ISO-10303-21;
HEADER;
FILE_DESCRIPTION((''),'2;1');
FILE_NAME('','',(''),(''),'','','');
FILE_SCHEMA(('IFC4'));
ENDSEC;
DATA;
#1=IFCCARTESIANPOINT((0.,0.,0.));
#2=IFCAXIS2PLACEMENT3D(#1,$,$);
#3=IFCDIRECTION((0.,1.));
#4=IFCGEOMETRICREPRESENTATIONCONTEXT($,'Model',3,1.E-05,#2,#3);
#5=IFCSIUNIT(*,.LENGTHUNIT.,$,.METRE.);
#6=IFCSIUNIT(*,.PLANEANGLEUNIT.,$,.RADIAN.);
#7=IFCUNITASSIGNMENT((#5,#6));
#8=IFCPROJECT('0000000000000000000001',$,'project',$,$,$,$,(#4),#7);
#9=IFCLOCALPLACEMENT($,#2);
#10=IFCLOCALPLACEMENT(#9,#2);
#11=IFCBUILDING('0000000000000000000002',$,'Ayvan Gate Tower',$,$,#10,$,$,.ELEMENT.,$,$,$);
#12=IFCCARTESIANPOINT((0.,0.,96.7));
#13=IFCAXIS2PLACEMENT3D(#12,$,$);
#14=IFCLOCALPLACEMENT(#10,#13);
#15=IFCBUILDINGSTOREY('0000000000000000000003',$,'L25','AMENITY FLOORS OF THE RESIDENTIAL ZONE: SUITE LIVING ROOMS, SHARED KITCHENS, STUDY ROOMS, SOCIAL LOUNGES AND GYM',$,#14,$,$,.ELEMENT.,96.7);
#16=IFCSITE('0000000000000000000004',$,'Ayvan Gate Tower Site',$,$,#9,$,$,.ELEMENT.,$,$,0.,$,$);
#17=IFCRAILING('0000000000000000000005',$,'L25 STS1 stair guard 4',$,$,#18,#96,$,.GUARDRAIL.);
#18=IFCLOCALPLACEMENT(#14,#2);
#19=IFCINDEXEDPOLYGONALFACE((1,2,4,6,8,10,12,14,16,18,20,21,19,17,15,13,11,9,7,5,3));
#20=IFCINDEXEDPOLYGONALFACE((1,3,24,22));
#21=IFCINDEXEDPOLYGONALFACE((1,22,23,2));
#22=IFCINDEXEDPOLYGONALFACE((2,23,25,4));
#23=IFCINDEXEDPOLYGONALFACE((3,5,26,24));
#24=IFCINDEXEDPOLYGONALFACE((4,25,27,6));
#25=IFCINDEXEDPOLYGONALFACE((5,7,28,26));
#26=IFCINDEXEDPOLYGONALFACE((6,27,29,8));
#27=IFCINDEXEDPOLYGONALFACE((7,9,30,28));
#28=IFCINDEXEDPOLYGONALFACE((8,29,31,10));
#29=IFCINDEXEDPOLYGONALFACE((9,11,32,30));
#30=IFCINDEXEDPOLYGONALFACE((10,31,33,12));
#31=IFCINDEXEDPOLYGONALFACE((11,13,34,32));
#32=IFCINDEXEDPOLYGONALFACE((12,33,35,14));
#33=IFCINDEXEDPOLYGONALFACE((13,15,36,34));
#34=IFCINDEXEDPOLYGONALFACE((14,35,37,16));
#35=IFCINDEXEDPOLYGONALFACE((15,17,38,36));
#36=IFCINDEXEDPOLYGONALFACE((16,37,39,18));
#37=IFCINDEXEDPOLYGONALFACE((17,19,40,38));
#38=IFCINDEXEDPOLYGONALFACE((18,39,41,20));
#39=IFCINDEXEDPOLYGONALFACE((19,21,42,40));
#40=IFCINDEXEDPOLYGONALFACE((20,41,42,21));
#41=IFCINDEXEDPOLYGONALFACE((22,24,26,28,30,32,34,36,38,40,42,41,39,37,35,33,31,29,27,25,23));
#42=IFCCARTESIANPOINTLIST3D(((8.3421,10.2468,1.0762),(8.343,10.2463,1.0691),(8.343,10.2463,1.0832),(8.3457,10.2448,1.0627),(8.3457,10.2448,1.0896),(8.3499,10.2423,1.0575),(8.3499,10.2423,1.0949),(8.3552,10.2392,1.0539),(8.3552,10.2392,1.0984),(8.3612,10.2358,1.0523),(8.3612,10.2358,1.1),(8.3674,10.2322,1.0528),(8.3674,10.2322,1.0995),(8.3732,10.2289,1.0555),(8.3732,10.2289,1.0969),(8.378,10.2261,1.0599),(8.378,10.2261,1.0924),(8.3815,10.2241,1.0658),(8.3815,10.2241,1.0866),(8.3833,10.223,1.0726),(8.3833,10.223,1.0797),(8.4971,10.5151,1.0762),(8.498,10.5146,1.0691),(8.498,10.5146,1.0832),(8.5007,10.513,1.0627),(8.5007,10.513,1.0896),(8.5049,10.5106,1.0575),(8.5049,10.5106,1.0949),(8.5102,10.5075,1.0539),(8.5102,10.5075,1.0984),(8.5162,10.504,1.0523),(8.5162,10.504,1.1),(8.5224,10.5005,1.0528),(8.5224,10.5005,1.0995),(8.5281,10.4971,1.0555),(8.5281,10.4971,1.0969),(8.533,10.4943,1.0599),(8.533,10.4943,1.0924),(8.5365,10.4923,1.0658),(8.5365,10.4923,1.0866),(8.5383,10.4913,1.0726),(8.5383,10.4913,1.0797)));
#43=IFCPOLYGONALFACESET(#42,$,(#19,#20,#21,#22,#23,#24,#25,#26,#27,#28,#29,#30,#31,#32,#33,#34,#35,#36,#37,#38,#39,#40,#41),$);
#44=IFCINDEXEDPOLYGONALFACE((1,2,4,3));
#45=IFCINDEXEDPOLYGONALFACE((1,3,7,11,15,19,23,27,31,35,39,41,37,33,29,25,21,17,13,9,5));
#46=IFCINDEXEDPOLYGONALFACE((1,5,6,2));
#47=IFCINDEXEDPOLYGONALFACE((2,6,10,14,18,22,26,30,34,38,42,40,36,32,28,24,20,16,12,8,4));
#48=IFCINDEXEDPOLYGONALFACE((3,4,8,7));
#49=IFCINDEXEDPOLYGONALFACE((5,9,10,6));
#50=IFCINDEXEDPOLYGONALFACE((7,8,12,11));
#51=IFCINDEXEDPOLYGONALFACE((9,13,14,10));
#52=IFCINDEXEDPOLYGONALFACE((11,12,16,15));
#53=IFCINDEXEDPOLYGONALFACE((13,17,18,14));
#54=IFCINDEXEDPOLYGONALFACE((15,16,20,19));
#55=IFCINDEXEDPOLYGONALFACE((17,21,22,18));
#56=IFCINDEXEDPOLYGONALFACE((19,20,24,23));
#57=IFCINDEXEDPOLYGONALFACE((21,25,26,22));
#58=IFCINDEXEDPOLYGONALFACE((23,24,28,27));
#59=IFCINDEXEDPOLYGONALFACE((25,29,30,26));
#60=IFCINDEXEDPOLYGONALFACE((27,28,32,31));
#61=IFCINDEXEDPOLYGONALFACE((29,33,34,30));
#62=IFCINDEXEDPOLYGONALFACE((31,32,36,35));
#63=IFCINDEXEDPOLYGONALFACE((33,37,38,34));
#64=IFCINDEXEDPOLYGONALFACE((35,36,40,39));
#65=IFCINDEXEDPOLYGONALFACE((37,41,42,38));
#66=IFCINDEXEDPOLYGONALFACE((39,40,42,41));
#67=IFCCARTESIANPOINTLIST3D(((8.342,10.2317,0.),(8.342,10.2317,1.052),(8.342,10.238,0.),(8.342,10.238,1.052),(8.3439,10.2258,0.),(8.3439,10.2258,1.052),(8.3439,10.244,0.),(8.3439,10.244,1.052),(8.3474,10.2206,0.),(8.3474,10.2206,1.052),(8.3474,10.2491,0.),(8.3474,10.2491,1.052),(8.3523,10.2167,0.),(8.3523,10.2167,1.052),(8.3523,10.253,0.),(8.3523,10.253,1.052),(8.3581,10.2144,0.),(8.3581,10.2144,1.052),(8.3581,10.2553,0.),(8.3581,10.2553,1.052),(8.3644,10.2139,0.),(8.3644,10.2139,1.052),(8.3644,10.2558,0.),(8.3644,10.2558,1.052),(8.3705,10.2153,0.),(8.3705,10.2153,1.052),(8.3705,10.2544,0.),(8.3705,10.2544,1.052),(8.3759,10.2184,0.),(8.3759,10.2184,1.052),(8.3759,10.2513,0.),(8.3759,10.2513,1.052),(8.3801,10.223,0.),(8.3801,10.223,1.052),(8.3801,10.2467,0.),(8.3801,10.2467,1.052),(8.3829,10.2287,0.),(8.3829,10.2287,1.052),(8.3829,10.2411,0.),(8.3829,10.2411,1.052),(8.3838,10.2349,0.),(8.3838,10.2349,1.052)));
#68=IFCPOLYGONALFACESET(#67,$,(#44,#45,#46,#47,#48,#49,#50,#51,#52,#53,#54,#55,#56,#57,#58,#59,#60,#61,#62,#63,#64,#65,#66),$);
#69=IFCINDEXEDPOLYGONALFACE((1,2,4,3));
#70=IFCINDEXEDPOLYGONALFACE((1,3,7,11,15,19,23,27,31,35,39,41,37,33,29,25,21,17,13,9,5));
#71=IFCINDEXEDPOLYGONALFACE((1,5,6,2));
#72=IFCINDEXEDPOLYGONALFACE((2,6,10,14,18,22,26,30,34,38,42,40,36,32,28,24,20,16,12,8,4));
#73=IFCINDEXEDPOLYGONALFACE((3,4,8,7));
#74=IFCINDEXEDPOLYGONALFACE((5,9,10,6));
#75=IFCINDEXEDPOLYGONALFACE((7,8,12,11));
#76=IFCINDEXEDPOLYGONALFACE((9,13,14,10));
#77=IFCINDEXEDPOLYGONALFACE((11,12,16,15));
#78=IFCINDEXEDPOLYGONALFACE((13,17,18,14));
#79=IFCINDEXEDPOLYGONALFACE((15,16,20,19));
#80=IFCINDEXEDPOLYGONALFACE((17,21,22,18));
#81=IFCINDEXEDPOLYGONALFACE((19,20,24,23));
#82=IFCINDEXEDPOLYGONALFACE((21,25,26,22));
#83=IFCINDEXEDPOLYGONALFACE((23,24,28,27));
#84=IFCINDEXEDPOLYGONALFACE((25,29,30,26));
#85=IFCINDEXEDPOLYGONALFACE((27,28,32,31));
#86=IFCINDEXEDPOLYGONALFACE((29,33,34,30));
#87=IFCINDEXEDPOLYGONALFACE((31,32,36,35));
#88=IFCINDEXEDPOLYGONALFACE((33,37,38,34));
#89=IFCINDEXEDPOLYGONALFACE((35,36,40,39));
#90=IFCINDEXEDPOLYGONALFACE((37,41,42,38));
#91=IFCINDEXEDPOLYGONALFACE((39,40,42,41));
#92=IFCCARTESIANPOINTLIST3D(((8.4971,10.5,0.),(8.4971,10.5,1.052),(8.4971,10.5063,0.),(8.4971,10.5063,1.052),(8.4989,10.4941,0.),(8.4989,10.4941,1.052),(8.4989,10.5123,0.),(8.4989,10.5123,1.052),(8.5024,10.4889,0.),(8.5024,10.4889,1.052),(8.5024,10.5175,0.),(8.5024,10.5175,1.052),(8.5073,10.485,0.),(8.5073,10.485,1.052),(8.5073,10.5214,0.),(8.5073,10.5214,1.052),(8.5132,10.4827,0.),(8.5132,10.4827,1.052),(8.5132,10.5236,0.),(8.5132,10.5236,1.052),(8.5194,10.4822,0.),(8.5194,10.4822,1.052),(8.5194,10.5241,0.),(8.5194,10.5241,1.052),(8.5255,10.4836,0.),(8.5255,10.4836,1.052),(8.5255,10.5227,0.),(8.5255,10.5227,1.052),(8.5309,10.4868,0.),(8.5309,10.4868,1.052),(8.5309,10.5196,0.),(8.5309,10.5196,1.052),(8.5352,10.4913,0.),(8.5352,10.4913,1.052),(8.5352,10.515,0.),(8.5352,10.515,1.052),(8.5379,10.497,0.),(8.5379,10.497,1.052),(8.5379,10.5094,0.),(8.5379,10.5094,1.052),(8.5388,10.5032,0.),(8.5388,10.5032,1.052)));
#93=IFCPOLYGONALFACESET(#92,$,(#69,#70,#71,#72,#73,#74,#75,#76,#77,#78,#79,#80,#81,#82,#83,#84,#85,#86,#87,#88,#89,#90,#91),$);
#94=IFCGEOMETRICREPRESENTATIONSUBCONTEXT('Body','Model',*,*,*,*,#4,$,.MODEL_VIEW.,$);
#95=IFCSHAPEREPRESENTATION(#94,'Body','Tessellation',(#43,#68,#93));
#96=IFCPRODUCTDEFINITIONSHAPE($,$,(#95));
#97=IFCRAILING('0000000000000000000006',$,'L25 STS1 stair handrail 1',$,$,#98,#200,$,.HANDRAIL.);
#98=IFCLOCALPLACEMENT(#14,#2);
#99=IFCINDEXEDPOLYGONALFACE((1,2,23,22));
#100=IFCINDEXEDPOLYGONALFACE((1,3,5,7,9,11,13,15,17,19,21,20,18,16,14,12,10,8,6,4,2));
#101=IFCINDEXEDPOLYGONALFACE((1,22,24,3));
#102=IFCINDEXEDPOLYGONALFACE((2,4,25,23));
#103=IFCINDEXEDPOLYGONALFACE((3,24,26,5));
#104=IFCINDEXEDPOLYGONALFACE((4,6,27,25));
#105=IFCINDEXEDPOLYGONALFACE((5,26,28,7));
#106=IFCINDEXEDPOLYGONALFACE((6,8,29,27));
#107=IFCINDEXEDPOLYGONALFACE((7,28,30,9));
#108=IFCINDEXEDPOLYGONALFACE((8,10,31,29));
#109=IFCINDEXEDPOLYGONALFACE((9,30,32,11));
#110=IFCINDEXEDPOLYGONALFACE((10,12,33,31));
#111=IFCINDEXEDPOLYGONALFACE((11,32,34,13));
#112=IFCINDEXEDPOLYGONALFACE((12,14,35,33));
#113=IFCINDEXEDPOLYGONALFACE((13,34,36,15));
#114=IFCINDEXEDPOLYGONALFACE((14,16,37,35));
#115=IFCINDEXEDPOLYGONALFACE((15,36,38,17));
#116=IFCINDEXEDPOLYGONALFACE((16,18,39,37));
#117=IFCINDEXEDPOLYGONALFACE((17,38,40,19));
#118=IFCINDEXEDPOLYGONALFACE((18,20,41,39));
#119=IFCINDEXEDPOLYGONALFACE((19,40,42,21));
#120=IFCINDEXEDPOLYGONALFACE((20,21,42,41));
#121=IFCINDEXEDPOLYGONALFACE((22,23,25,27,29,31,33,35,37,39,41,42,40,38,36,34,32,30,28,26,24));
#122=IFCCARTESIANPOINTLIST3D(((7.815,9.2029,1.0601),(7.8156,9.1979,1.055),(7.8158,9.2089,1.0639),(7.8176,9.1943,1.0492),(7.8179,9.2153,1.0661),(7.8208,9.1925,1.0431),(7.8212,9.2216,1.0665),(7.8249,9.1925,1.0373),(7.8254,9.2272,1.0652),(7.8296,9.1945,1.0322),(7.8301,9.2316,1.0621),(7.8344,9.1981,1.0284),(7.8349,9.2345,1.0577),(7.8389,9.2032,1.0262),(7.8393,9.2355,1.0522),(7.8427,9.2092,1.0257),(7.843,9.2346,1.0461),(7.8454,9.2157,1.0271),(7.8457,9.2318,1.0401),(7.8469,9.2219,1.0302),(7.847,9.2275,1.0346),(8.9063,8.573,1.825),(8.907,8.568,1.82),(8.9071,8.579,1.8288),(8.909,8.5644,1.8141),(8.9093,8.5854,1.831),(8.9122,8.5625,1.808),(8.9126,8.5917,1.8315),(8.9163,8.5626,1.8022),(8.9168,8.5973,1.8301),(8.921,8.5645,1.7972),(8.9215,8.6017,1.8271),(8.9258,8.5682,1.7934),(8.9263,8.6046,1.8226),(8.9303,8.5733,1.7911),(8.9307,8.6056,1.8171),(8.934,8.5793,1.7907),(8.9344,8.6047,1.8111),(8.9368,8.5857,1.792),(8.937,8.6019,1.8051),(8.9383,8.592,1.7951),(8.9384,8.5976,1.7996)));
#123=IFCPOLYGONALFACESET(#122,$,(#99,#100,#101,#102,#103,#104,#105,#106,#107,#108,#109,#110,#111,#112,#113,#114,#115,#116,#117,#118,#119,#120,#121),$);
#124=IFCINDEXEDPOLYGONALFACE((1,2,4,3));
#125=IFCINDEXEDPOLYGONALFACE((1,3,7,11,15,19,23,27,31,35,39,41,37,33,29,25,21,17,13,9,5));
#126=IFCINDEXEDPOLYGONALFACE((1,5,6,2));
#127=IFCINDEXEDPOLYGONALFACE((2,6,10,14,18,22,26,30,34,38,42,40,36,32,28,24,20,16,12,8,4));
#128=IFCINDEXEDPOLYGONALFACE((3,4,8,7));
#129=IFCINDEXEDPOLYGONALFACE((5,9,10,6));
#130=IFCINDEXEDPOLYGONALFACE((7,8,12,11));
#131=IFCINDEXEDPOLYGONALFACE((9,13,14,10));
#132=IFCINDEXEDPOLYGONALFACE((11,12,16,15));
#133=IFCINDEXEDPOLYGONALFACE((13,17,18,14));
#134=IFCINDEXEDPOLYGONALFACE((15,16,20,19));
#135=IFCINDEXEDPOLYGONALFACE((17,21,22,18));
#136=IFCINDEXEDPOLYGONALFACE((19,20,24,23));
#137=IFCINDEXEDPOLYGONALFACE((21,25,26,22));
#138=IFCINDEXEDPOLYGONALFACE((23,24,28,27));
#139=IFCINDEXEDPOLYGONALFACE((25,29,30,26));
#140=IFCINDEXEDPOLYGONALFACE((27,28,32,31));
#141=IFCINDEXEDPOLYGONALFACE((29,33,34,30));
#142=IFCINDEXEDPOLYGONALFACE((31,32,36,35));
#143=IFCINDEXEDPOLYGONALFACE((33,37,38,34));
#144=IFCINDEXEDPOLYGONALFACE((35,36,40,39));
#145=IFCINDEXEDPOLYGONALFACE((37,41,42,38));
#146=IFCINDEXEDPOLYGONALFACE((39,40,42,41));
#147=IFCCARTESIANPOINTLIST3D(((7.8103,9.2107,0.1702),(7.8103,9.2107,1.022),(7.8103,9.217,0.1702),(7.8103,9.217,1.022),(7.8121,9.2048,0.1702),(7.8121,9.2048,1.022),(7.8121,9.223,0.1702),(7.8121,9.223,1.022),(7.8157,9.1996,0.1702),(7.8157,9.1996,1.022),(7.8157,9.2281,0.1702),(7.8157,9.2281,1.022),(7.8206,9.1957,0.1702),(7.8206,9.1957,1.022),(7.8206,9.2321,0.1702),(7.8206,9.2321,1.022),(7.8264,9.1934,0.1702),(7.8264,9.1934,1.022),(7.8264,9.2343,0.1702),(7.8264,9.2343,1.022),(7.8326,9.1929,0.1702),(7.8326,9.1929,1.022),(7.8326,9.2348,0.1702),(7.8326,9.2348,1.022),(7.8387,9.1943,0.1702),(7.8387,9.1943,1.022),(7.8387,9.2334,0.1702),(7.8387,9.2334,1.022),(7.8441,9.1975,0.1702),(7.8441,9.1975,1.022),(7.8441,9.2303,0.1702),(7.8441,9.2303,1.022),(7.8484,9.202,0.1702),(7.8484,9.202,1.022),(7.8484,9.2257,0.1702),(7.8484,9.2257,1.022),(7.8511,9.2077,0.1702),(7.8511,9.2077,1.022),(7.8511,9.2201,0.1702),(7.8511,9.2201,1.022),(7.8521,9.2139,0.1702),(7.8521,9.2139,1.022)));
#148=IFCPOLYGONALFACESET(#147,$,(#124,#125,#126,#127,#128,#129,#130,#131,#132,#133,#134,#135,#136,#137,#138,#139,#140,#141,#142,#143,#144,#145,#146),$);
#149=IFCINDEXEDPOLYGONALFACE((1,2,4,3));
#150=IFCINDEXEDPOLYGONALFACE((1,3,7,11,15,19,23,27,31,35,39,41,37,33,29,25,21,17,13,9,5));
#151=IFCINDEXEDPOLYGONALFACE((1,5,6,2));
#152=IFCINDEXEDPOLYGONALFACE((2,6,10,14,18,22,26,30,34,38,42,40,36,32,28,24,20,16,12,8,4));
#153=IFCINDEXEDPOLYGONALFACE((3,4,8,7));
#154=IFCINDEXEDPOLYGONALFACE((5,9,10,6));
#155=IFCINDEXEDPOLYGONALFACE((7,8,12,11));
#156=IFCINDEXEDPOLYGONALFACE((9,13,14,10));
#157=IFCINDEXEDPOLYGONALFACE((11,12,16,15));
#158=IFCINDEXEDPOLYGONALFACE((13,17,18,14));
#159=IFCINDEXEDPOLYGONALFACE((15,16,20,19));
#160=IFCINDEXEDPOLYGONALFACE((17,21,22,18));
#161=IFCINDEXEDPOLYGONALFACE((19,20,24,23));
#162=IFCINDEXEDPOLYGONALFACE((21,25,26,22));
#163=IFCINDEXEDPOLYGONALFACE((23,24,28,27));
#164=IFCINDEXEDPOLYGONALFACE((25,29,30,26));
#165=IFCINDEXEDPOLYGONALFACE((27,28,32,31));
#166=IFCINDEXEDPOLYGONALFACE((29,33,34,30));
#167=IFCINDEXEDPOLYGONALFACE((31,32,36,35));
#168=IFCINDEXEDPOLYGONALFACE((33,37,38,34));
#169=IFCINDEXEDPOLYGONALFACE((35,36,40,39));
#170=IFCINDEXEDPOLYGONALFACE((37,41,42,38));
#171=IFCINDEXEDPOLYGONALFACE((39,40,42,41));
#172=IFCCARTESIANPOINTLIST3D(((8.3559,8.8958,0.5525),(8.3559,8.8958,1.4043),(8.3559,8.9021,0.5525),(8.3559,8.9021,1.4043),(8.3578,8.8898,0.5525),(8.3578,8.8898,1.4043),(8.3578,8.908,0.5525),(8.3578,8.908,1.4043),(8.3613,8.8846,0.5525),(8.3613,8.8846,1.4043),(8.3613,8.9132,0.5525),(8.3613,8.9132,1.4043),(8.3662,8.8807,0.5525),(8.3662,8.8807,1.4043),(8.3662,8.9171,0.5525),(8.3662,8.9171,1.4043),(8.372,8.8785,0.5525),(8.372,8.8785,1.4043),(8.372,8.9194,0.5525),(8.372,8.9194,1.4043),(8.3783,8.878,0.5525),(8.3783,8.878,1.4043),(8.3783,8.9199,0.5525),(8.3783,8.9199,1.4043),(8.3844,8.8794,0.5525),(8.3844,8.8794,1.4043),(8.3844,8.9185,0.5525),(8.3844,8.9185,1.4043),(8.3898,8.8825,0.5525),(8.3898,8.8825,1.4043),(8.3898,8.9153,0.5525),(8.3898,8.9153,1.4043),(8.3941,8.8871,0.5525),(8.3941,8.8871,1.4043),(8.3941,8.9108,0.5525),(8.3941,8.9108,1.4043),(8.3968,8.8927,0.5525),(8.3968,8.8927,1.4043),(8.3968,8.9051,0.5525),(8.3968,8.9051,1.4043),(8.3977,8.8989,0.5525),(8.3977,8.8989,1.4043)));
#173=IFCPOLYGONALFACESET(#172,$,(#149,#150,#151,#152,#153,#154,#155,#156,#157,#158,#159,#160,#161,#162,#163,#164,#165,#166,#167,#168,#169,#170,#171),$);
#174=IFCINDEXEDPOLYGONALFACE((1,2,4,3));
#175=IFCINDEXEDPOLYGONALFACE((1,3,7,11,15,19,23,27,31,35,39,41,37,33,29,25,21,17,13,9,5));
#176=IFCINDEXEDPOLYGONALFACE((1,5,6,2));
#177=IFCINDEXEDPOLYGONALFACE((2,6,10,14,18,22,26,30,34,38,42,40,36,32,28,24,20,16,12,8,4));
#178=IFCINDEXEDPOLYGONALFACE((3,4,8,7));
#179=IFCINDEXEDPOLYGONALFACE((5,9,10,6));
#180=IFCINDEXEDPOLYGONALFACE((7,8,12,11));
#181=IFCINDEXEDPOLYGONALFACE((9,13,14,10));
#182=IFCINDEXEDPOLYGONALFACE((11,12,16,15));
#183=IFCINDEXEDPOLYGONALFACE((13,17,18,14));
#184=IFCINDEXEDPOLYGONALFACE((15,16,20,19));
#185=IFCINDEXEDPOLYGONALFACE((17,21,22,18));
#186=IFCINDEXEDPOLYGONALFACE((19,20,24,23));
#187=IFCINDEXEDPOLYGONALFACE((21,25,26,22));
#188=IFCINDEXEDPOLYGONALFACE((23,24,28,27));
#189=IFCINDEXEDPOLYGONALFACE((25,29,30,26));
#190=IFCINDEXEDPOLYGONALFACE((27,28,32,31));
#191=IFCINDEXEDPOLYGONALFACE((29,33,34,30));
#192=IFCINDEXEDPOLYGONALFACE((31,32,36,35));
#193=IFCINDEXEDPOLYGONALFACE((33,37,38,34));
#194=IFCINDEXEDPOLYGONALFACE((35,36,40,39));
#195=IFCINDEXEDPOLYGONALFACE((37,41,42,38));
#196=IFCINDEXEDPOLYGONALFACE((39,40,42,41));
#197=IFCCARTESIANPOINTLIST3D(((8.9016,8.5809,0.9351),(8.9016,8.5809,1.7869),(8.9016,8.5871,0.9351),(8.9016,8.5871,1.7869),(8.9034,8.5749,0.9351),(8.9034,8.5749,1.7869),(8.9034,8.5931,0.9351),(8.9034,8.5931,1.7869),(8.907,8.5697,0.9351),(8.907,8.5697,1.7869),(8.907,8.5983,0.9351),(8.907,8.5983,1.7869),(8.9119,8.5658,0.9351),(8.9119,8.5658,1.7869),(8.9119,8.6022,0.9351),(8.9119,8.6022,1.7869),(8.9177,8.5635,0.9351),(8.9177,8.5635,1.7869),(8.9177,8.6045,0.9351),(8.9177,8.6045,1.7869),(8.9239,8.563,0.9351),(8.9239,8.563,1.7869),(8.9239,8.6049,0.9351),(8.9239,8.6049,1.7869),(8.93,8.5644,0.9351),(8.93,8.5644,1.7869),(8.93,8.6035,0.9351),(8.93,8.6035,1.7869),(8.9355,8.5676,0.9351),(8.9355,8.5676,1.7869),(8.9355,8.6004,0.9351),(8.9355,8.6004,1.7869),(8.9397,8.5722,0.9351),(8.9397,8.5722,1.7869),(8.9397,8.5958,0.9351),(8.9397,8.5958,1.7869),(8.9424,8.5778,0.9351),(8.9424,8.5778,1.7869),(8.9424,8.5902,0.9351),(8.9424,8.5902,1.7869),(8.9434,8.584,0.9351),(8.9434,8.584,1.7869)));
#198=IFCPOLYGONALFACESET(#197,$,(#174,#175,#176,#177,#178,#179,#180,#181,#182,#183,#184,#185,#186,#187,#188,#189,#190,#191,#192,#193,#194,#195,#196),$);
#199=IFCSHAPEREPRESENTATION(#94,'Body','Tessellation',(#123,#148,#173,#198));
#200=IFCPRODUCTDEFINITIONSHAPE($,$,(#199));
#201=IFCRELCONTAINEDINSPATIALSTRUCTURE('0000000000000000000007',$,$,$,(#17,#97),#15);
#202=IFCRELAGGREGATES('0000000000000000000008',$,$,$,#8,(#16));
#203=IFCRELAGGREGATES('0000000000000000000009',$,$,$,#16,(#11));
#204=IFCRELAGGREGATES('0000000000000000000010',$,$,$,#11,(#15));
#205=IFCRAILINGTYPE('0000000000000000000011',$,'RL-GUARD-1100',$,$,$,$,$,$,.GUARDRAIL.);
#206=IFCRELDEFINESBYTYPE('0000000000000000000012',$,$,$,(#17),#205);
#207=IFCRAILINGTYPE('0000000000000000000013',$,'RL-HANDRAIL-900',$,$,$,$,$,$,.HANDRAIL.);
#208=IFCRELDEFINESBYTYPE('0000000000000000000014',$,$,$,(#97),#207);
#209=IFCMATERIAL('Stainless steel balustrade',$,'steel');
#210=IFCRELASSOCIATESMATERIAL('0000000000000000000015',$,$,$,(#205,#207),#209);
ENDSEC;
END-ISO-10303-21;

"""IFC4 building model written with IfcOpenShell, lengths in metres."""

from ifc_helpers import new_model, si_unit, direction, frame, origin, origin_2d, place, context, subcontext, project, spatial, circle, extrude, material, type_object, element, save


model = new_model("IFC4")

# Units and contexts
model_context = context("Model", 3, precision=1e-05, world=origin(), true_north=direction((0.0, 1.0)))
body_context = subcontext(model_context, "Body", "Model", "MODEL_VIEW")
ifc_project = project(units=[si_unit("LENGTHUNIT", "METRE"), si_unit("PLANEANGLEUNIT", "RADIAN")], contexts=[model_context])

# Site, building, storey
site_placement = place(None, origin())
site = spatial("IfcSite", under=ifc_project, at=site_placement, Name="Ayvan Gate Tower Site", CompositionType="ELEMENT", RefElevation=0.0)
building_placement = place(site_placement, origin())
building = spatial("IfcBuilding", under=site, at=building_placement, Name="Ayvan Gate Tower", CompositionType="ELEMENT")
storey_placement = place(building_placement, frame((0.0, 0.0, 96.7)))
storey = spatial("IfcBuildingStorey", under=building, at=storey_placement, Name="L25", Description="AMENITY FLOORS OF THE RESIDENTIAL ZONE: SUITE LIVING ROOMS, SHARED KITCHENS, STUDY ROOMS, SOCIAL LOUNGES AND GYM", CompositionType="ELEMENT", Elevation=96.7)

# Railings
ifc_material_1 = material(Name="Stainless steel balustrade", Category="steel")
railing_type_1 = type_object("IfcRailingType", Name="RL-GUARD-1100", PredefinedType="GUARDRAIL", material=ifc_material_1)
railing_1_placement = place(storey_placement, frame((8.3628, 10.2349, 0.0)))
element("IfcRailing", 1, at=railing_1_placement, inside=storey, type_object=railing_type_1, Name="L25 STS1 stair guard 4", PredefinedType="GUARDRAIL", context=body_context, shape_type="SweptSolid", body=[
    extrude(circle(Radius=0.0239, at=origin_2d()), frame((0.0, 0.0, 1.0762), z_axis=(0.500291, 0.865857, 0.0), x_axis=(-0.865857, 0.500291, 0.0)), (0.0, 0.0, 1.0), 0.3098),
    extrude(circle(Radius=0.021, at=origin_2d()), origin(), (0.0, 0.0, 1.0), 1.052),
    extrude(circle(Radius=0.021, at=origin_2d()), frame((0.155, 0.2683, 0.0)), (0.0, 0.0, 1.0), 1.052),
])
railing_type_2 = type_object("IfcRailingType", Name="RL-HANDRAIL-900", PredefinedType="HANDRAIL", material=ifc_material_1)
railing_2_placement = place(storey_placement, frame((7.8311, 9.2139, 0.1702)))
element("IfcRailing", 2, at=railing_2_placement, inside=storey, type_object=railing_type_2, Name="L25 STS1 stair handrail 1", PredefinedType="HANDRAIL", context=body_context, shape_type="SweptSolid", body=[
    extrude(circle(Radius=0.0239, at=origin_2d()), frame((0.0, 0.0, 0.876), z_axis=(0.740357, -0.42732, 0.518912), x_axis=(0.49989, 0.866089, 0.0)), (0.0, 0.0, 1.0), 1.4741),
    extrude(circle(Radius=0.021, at=origin_2d()), origin(), (0.0, 0.0, 1.0), 0.8518),
    extrude(circle(Radius=0.021, at=origin_2d()), frame((0.5457, -0.3149, 0.3823)), (0.0, 0.0, 1.0), 0.8518),
    extrude(circle(Radius=0.021, at=origin_2d()), frame((1.0913, -0.6299, 0.7649)), (0.0, 0.0, 1.0), 0.8518),
])

save(model, "model.ifc")
